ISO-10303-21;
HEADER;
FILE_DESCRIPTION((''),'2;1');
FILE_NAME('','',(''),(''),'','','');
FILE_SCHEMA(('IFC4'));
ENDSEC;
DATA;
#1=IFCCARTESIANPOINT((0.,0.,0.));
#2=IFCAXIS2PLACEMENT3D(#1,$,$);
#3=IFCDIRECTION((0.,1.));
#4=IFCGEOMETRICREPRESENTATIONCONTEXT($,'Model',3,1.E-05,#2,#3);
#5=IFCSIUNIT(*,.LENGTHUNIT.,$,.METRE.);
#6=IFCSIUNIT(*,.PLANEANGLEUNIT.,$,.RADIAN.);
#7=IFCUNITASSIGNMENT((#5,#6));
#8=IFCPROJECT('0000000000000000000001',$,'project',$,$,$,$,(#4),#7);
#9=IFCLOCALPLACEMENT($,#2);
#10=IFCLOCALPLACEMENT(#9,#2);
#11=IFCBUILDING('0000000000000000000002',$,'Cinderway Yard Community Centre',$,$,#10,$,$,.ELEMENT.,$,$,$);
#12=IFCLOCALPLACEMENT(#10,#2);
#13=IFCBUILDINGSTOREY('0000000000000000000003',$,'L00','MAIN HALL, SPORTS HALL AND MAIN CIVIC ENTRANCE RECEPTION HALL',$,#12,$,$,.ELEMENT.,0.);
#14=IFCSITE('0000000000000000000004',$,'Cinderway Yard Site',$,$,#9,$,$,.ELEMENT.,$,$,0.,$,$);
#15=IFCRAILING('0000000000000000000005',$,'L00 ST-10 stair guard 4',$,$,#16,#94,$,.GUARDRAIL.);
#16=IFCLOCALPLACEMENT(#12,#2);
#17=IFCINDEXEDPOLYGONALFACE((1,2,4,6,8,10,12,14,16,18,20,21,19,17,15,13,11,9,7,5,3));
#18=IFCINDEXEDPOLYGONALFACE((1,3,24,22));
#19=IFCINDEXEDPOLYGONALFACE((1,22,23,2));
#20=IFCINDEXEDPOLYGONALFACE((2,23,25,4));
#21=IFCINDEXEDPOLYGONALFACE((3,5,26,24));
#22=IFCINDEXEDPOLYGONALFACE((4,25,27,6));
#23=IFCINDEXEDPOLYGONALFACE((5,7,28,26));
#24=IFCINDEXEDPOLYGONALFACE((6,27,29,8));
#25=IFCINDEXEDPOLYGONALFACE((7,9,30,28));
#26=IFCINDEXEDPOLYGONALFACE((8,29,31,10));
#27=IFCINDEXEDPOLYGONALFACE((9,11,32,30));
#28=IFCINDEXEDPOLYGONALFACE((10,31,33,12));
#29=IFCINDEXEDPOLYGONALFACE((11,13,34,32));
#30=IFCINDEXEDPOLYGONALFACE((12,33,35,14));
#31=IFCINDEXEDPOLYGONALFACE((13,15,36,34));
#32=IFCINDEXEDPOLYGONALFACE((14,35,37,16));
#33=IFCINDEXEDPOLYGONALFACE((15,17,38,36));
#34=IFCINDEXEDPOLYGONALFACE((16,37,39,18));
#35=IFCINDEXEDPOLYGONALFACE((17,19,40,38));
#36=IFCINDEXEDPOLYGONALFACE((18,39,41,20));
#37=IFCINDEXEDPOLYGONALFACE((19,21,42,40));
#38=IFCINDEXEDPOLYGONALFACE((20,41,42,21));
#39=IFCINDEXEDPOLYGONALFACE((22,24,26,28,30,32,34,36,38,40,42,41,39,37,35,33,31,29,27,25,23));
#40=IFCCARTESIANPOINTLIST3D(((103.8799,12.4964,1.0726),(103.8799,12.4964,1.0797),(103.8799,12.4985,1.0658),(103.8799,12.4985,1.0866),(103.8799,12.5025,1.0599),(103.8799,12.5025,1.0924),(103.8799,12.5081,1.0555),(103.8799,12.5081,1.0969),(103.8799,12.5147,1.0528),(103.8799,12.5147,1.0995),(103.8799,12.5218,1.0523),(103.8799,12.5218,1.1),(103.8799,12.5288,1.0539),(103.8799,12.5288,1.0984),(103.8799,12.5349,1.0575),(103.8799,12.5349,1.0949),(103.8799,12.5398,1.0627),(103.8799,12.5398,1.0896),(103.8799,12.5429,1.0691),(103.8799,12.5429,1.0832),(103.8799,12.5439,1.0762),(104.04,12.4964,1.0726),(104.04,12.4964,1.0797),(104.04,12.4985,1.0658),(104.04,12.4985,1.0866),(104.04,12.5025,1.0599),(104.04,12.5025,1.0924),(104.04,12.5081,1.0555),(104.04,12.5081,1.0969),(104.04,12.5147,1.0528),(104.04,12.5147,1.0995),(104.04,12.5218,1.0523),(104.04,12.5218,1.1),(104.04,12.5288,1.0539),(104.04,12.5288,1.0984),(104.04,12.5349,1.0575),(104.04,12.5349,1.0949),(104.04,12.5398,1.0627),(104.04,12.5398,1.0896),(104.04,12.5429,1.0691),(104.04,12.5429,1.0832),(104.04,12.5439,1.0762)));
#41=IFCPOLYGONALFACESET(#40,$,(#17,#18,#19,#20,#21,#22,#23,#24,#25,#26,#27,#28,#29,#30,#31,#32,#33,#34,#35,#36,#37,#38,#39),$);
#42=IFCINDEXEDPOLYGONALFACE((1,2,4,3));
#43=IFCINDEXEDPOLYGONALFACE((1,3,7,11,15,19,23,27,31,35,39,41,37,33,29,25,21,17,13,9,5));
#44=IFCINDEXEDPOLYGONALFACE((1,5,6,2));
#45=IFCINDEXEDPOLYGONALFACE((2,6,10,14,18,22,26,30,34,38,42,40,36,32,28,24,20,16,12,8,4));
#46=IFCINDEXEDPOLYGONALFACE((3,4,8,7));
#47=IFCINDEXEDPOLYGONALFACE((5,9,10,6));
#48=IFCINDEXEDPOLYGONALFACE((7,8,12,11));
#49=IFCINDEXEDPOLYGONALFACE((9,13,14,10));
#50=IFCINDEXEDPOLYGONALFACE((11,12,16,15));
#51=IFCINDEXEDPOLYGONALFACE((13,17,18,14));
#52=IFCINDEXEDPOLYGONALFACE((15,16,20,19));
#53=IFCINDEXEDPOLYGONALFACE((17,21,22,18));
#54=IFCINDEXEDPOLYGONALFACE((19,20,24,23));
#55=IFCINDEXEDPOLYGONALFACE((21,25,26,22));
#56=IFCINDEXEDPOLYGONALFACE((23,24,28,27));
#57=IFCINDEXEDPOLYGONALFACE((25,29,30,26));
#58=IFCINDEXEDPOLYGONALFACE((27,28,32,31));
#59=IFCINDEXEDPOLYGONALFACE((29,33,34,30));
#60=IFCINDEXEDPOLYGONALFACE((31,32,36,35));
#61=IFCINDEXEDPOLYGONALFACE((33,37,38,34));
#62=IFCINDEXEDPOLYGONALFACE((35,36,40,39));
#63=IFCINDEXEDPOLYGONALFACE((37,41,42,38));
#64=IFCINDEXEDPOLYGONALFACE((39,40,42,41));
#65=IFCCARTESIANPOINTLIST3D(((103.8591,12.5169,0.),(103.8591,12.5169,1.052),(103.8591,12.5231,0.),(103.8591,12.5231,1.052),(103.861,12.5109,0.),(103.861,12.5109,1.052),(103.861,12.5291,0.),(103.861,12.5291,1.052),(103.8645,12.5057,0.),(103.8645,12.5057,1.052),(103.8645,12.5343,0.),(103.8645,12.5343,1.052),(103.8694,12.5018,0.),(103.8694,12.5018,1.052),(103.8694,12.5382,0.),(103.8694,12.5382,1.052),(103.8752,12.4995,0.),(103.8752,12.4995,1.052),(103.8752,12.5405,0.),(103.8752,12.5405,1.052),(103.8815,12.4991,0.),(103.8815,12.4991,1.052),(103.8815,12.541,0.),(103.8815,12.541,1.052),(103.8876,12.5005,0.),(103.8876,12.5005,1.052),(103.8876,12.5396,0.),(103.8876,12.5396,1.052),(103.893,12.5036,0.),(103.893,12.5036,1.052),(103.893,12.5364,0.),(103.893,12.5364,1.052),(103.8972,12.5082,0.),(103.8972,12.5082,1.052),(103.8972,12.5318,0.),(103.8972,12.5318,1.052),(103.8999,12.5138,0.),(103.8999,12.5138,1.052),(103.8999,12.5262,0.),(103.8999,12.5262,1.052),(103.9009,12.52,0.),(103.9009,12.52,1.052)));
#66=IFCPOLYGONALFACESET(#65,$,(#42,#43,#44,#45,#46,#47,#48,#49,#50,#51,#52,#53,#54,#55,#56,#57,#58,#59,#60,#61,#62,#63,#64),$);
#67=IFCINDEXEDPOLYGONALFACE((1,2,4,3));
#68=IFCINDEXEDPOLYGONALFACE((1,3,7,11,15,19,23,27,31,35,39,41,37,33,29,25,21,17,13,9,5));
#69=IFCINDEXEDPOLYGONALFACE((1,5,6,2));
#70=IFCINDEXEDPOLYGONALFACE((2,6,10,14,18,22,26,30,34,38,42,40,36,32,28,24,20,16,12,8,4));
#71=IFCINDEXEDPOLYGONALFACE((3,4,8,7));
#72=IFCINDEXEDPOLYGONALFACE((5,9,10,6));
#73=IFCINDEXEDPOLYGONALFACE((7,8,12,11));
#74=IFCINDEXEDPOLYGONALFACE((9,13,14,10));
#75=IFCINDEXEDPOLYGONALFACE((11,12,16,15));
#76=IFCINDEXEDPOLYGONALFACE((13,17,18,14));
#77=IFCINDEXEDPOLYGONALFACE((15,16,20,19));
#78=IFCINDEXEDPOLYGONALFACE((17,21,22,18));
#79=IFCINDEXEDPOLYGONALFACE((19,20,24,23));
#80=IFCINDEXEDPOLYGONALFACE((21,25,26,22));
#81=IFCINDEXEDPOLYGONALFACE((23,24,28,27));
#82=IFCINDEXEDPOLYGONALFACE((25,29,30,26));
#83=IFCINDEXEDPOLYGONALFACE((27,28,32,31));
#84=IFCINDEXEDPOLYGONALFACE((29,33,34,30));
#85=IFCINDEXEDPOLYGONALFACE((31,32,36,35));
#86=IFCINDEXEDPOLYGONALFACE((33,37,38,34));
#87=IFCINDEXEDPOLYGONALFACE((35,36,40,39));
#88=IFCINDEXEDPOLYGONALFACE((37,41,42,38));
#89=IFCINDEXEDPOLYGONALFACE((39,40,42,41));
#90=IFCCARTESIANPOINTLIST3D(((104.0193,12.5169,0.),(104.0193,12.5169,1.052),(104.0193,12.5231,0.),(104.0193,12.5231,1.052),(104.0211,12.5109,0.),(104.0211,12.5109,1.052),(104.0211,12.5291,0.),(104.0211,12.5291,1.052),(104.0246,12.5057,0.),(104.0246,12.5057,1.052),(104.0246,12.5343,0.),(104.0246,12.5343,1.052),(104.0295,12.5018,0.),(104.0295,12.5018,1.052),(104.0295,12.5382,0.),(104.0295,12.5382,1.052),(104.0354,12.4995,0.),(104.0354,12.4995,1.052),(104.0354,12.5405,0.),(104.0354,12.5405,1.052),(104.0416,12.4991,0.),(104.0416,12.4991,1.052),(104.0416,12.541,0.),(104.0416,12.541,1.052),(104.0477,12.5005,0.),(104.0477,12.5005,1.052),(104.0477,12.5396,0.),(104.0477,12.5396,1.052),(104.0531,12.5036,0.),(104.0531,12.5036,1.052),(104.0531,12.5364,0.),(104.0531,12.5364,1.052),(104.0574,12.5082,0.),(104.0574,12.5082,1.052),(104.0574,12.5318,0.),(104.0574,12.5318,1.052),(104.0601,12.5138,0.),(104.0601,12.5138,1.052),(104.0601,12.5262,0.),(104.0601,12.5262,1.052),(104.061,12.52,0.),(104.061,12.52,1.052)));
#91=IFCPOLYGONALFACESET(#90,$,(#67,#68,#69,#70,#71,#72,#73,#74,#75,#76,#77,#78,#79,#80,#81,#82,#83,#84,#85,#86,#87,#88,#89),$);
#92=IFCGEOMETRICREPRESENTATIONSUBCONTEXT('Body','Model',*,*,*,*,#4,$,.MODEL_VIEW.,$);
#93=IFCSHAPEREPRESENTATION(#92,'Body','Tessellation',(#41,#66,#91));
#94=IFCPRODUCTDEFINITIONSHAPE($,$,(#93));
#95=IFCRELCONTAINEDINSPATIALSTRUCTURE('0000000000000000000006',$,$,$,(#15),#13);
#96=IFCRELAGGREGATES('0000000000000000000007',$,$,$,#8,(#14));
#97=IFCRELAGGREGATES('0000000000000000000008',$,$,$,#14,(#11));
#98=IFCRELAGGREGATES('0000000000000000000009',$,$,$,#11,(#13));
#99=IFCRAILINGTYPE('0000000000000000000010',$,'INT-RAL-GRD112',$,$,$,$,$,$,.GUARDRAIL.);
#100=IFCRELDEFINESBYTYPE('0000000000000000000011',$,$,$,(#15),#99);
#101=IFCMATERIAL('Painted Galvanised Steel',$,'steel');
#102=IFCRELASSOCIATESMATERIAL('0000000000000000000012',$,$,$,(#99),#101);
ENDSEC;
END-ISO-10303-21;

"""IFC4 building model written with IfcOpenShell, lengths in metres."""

from ifc_helpers import new_model, si_unit, direction, frame, origin, origin_2d, place, context, subcontext, project, spatial, circle, extrude, material, type_object, element, save


model = new_model("IFC4")

# Units and contexts
model_context = context("Model", 3, precision=1e-05, world=origin(), true_north=direction((0.0, 1.0)))
body_context = subcontext(model_context, "Body", "Model", "MODEL_VIEW")
ifc_project = project(units=[si_unit("LENGTHUNIT", "METRE"), si_unit("PLANEANGLEUNIT", "RADIAN")], contexts=[model_context])

# Site, building, storey
site_placement = place(None, origin())
site = spatial("IfcSite", under=ifc_project, at=site_placement, Name="Cinderway Yard Site", CompositionType="ELEMENT", RefElevation=0.0)
building_placement = place(site_placement, origin())
building = spatial("IfcBuilding", under=site, at=building_placement, Name="Cinderway Yard Community Centre", CompositionType="ELEMENT")
storey_placement = place(building_placement, origin())
storey = spatial("IfcBuildingStorey", under=building, at=storey_placement, Name="L00", Description="MAIN HALL, SPORTS HALL AND MAIN CIVIC ENTRANCE RECEPTION HALL", CompositionType="ELEMENT", Elevation=0.0)

# Shared definitions
ifc_material_1 = material(Name="Painted Galvanised Steel", Category="steel")

# Railing
railing_type = type_object("IfcRailingType", Name="INT-RAL-GRD112", PredefinedType="GUARDRAIL", material=ifc_material_1)
railing_1_placement = place(storey_placement, frame((103.8799, 12.52, 0.0)))
element("IfcRailing", 1, at=railing_1_placement, inside=storey, type_object=railing_type, Name="L00 ST-10 stair guard 4", PredefinedType="GUARDRAIL", context=body_context, shape_type="SweptSolid", body=[
    extrude(circle(Radius=0.0239, at=origin_2d()), frame((0.0, 0.0, 1.0762), z_axis=(1.0, 0.0, 0.0), x_axis=(0.0, 1.0, 0.0)), (0.0, 0.0, 1.0), 0.1602),
    extrude(circle(Radius=0.021, at=origin_2d()), origin(), (0.0, 0.0, 1.0), 1.052),
    extrude(circle(Radius=0.021, at=origin_2d()), frame((0.1602, 0.0, 0.0)), (0.0, 0.0, 1.0), 1.052),
])

save(model, "model.ifc")
